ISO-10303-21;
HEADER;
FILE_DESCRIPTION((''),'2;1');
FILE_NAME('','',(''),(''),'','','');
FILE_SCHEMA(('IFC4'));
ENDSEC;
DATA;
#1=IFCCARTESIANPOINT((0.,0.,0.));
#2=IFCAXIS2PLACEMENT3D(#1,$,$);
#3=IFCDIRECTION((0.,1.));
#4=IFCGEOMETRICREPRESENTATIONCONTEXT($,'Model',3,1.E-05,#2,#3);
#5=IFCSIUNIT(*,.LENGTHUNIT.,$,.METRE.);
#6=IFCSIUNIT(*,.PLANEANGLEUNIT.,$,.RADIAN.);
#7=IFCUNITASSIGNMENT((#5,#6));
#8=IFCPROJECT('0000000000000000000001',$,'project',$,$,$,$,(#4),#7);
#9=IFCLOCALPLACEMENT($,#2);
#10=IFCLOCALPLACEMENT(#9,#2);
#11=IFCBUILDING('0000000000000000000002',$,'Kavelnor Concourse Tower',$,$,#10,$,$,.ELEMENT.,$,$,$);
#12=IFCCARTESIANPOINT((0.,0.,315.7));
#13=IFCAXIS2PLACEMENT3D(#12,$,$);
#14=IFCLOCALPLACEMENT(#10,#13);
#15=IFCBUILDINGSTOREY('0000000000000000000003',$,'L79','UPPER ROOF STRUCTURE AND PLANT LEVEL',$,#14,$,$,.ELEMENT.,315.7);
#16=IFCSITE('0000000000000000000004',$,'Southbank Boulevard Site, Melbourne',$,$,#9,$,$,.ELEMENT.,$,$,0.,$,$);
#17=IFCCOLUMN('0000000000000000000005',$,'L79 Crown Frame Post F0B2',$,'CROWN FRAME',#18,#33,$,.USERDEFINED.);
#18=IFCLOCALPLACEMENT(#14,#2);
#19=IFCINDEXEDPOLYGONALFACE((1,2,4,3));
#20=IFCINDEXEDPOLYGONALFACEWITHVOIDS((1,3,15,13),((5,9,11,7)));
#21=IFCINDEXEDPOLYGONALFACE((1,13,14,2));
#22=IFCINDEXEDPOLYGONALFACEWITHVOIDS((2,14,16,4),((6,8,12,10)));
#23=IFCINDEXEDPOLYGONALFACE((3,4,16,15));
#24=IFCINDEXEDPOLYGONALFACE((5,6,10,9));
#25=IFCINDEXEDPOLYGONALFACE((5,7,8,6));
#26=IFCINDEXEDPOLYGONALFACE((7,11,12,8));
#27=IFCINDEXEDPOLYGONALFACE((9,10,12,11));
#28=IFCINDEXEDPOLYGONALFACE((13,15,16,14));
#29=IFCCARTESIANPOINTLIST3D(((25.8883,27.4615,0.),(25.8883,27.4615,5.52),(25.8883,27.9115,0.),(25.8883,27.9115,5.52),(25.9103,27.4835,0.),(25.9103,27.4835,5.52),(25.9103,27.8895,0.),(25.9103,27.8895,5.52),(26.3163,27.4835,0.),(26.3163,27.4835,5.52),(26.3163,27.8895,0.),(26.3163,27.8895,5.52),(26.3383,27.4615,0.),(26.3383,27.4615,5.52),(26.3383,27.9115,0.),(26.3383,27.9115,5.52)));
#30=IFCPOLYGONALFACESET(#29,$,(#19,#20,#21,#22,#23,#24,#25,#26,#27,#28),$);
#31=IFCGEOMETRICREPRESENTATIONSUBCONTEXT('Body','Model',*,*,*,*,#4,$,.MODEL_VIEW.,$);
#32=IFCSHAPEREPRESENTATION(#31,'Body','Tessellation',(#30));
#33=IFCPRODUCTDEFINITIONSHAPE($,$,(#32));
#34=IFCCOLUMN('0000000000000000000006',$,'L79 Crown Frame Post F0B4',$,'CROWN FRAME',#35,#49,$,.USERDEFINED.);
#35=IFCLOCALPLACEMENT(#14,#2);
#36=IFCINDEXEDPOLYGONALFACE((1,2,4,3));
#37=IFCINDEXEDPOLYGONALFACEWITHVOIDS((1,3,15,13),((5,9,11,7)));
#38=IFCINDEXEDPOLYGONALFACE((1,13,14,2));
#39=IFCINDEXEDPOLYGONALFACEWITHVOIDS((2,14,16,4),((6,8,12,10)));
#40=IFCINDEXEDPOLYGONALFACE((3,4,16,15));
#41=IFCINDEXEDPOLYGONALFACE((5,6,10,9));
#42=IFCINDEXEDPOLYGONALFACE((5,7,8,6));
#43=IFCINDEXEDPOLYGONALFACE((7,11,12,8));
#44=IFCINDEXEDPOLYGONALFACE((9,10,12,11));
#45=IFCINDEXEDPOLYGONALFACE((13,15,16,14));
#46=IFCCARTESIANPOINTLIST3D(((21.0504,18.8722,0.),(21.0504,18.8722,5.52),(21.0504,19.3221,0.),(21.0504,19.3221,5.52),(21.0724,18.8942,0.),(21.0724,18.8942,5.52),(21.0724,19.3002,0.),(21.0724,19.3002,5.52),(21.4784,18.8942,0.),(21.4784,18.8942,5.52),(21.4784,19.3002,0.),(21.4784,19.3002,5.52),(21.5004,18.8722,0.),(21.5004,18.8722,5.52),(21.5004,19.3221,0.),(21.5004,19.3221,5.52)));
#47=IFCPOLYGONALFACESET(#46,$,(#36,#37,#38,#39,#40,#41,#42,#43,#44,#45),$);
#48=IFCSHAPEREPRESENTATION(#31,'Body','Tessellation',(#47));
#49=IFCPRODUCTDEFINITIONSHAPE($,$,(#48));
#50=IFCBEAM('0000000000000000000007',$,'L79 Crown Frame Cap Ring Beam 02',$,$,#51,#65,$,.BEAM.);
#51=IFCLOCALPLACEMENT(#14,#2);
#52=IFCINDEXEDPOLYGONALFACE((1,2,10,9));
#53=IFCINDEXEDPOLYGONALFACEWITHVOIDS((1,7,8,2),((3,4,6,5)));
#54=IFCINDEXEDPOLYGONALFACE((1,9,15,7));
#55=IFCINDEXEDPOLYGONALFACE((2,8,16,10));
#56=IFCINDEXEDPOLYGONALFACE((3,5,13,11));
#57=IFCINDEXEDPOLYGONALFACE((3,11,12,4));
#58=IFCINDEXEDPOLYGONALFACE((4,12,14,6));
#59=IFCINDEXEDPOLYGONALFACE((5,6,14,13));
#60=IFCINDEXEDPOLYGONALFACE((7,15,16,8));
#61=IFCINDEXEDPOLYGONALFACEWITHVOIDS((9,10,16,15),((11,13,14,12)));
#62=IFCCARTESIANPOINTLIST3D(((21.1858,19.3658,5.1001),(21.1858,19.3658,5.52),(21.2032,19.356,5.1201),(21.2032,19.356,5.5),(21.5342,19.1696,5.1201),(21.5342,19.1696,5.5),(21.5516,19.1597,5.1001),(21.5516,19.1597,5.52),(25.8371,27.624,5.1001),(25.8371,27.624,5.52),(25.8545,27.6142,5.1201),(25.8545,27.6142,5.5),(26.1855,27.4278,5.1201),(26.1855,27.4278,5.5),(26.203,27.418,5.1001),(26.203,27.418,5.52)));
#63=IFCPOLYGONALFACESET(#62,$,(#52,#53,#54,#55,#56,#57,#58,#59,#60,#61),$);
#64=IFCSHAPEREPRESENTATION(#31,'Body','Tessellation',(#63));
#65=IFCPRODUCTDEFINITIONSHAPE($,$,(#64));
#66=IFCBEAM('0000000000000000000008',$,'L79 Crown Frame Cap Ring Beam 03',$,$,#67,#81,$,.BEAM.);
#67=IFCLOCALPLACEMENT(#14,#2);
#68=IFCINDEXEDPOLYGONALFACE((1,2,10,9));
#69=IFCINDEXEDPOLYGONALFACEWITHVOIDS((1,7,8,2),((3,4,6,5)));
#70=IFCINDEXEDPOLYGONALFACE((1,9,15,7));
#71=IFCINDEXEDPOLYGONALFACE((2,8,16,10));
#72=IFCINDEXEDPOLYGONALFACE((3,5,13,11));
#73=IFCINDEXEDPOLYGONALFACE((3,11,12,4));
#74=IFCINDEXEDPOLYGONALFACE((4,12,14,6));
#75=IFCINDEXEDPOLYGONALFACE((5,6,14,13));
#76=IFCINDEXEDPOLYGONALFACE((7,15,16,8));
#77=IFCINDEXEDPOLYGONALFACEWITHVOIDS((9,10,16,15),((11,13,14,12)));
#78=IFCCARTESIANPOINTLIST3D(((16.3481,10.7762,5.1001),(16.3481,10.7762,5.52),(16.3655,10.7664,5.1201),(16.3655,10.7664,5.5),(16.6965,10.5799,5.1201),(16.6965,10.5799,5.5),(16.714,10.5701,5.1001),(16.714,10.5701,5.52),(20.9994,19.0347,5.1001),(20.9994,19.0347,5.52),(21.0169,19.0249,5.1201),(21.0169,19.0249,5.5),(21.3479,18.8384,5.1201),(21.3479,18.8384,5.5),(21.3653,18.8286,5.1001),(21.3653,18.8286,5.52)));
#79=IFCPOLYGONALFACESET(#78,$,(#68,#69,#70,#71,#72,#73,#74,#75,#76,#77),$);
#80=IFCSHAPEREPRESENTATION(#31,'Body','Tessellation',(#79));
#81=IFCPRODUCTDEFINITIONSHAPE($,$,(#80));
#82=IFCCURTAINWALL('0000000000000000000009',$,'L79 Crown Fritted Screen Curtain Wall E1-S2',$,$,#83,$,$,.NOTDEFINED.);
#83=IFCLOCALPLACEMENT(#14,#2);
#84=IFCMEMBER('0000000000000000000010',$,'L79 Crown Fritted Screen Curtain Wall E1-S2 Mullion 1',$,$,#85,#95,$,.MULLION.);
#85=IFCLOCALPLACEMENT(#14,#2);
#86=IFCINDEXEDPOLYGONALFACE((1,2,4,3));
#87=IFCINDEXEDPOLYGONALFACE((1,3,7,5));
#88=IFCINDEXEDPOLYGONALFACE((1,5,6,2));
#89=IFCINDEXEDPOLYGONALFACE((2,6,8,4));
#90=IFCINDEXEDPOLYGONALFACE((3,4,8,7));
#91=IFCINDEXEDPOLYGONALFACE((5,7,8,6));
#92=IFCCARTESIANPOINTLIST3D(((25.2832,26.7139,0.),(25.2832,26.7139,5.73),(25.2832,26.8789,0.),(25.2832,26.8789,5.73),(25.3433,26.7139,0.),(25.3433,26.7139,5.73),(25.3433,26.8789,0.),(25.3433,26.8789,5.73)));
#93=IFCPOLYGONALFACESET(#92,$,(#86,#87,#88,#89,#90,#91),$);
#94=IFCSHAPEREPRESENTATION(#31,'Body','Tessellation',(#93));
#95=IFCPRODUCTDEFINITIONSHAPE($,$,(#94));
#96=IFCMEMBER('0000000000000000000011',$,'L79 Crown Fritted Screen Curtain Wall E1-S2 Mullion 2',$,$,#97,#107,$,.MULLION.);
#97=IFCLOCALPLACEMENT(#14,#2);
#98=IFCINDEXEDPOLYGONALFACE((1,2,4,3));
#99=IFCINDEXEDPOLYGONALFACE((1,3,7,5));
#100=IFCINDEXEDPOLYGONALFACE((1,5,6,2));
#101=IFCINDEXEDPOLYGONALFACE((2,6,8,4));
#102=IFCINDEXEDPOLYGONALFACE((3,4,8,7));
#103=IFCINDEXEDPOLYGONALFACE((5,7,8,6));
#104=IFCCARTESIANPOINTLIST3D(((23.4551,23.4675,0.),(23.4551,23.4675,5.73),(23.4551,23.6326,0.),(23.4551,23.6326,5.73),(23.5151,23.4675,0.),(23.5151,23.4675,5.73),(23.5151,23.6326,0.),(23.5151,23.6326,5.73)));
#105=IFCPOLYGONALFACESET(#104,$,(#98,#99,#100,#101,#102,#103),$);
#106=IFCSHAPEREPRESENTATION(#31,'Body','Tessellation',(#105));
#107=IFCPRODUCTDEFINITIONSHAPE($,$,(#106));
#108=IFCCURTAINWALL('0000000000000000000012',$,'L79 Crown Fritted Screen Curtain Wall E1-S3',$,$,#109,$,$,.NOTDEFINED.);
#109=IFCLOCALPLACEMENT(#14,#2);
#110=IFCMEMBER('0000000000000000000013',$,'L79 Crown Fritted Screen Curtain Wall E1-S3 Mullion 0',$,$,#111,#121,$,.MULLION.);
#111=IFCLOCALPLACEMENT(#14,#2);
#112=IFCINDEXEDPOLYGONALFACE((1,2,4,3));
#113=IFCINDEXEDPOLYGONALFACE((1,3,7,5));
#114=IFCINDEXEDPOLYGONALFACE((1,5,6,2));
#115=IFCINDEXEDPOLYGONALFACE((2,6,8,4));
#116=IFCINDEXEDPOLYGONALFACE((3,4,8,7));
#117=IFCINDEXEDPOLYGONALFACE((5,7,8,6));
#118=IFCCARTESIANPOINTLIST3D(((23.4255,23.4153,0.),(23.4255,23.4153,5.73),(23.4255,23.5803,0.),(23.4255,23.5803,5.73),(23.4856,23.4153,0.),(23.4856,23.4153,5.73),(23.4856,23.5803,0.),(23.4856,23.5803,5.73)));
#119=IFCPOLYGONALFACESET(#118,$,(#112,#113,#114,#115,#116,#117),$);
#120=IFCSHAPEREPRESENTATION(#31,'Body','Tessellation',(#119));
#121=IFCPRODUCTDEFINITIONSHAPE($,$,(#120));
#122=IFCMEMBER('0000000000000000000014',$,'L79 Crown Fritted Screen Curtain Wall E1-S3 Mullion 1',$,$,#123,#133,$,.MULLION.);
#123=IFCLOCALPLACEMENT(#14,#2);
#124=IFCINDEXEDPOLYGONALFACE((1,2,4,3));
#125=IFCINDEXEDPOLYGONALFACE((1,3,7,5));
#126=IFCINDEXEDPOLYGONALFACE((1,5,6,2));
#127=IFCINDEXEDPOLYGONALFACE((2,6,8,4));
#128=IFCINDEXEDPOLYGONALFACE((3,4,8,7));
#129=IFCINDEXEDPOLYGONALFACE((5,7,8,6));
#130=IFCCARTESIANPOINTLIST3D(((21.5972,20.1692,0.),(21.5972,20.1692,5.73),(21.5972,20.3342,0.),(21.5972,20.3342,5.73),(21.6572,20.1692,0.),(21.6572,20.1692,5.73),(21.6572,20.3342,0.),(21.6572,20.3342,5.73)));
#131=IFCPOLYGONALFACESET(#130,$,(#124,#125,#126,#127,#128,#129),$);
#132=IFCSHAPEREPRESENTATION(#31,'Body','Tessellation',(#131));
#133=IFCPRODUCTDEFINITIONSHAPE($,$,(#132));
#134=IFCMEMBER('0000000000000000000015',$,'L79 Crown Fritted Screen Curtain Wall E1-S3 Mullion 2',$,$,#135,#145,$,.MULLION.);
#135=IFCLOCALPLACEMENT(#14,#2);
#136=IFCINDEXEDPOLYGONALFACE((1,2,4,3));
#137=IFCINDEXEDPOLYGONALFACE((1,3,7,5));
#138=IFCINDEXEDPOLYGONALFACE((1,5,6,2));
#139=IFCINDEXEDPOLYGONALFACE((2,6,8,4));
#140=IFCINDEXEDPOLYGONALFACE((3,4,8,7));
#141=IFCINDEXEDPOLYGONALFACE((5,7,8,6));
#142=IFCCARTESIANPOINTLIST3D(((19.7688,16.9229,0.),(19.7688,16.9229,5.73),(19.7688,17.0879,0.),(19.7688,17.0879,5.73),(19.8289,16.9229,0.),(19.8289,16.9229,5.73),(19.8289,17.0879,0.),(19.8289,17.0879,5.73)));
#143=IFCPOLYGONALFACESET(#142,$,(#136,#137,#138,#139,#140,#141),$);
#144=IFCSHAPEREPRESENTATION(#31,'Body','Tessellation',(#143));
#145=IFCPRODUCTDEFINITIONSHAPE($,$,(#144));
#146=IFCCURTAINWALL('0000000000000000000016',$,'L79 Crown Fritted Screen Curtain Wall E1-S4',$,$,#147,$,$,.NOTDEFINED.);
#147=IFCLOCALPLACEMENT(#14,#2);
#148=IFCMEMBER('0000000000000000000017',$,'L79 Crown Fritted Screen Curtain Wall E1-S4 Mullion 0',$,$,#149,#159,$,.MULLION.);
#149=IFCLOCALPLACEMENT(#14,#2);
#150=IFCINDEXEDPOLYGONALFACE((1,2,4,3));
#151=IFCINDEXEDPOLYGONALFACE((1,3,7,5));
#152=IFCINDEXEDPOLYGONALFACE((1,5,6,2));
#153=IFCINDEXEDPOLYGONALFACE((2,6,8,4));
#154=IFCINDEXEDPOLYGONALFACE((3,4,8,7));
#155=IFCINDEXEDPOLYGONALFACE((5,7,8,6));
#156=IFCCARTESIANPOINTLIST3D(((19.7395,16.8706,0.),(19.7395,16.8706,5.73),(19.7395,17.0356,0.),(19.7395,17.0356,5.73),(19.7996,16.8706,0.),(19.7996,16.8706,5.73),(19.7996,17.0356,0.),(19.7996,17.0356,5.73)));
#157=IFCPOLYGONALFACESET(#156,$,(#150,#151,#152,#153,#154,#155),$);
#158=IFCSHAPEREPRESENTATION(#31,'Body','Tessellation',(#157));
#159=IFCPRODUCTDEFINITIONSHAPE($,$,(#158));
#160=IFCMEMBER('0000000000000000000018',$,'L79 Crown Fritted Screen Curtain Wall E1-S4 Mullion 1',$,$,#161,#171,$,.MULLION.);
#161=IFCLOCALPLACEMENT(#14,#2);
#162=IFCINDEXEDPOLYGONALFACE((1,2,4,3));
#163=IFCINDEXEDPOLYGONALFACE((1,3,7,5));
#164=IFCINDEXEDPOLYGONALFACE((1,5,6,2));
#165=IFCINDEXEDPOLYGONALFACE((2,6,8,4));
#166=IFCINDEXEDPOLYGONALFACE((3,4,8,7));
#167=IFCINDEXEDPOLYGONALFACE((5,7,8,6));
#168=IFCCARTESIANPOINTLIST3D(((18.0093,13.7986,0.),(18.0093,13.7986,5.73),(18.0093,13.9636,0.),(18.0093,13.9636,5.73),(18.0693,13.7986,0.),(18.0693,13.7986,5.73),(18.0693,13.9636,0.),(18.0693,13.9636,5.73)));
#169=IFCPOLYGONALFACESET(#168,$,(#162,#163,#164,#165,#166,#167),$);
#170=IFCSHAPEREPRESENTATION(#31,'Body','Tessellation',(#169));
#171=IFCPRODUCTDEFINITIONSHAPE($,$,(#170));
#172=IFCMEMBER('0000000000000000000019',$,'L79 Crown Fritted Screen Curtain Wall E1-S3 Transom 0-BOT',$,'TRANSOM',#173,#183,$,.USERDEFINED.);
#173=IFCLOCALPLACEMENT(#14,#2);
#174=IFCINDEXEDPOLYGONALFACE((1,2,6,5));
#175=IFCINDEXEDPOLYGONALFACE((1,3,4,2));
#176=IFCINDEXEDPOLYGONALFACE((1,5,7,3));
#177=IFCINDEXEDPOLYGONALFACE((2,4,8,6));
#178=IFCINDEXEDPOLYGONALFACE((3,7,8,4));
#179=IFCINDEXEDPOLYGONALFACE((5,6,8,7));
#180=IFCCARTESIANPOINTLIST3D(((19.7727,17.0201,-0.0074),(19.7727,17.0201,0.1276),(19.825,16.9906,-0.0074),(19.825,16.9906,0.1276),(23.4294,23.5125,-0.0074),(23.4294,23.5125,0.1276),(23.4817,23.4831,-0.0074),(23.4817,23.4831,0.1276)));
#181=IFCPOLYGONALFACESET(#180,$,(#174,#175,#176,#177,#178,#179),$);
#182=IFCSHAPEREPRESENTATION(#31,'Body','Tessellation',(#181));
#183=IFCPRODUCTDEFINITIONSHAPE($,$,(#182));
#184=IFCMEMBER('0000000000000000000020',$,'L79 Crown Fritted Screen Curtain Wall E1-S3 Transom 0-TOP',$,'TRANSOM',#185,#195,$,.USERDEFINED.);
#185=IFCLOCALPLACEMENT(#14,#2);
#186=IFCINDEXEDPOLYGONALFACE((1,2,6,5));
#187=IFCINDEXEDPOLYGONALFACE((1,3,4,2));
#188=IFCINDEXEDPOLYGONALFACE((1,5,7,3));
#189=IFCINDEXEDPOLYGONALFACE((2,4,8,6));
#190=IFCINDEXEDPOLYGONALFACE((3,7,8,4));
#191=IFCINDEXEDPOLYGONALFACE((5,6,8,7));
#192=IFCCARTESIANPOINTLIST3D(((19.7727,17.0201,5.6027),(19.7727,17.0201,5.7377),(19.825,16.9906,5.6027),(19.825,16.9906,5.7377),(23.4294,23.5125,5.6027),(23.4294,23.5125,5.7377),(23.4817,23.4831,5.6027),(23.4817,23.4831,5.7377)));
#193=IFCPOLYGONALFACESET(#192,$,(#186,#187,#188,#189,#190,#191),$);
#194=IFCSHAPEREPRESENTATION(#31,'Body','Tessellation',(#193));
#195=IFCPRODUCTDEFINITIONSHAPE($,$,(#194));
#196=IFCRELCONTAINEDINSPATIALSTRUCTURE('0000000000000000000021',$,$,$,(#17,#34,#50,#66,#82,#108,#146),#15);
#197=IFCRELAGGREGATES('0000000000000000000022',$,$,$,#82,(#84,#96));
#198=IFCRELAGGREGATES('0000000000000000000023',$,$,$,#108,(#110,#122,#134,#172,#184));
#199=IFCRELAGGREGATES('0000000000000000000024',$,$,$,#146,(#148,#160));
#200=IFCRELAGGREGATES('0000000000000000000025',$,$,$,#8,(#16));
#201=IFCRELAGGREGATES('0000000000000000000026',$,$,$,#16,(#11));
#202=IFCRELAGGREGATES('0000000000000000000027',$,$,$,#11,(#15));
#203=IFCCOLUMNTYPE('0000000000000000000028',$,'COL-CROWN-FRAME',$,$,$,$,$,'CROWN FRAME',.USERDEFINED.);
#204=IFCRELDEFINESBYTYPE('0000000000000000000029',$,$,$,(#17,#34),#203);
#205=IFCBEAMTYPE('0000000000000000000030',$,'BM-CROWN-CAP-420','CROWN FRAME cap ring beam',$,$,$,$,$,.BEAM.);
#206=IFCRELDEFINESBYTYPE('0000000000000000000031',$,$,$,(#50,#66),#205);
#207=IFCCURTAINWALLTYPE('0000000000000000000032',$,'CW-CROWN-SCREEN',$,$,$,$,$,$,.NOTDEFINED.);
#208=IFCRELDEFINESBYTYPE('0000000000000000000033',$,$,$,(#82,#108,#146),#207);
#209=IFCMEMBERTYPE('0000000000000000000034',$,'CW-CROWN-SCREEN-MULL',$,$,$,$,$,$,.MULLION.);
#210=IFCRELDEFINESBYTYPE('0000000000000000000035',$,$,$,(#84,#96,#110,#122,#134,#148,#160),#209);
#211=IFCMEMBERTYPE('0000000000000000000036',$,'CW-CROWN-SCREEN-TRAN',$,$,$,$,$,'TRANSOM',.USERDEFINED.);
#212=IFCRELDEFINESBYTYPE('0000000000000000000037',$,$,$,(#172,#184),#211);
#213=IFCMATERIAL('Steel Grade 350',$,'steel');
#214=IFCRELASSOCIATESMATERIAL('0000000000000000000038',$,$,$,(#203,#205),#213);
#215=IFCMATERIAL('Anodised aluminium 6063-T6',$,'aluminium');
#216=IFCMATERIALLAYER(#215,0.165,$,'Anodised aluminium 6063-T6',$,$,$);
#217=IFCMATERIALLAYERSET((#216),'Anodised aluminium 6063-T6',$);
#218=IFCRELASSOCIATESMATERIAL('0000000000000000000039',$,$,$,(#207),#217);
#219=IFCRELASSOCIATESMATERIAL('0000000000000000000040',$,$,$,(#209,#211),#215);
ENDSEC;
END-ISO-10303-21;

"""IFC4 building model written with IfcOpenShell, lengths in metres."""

from ifc_helpers import new_model, si_unit, direction, frame, origin, origin_2d, place, context, subcontext, project, spatial, rectangle, hollow_rectangle, extrude, material, layer, layer_set, material_profile, profile_set, type_object, element, aggregate, save


model = new_model("IFC4")

# Units and contexts
model_context = context("Model", 3, precision=1e-05, world=origin(), true_north=direction((0.0, 1.0)))
body_context = subcontext(model_context, "Body", "Model", "MODEL_VIEW")
ifc_project = project(units=[si_unit("LENGTHUNIT", "METRE"), si_unit("PLANEANGLEUNIT", "RADIAN")], contexts=[model_context])

# Site, building, storey
site_placement = place(None, origin())
site = spatial("IfcSite", under=ifc_project, at=site_placement, Name="Southbank Boulevard Site, Melbourne", CompositionType="ELEMENT", RefElevation=0.0)
building_placement = place(site_placement, origin())
building = spatial("IfcBuilding", under=site, at=building_placement, Name="Kavelnor Concourse Tower", CompositionType="ELEMENT")
storey_placement = place(building_placement, frame((0.0, 0.0, 315.7)))
storey = spatial("IfcBuildingStorey", under=building, at=storey_placement, Name="L79", Description="UPPER ROOF STRUCTURE AND PLANT LEVEL", CompositionType="ELEMENT", Elevation=315.7)

# Columns
ifc_material_1 = material(Name="Steel Grade 350", Category="steel")
ifc_material_profile_1 = material_profile(ifc_material_1, hollow_rectangle(XDim=0.45, YDim=0.45, WallThickness=0.022, at=origin_2d()), Name="SHS 450x450x22")
ifc_profile_set_1 = profile_set([ifc_material_profile_1], Name="Steel Grade 350")
column_type = type_object("IfcColumnType", Name="COL-CROWN-FRAME", ElementType="CROWN FRAME", PredefinedType="USERDEFINED", material=ifc_profile_set_1)
for number, where, z_axis, x_axis, name in (
    (1, (26.1133, 27.6865, 0.0), (0.0, 0.0, 1.0), (1.0, 0.0, 0.0), "L79 Crown Frame Post F0B2"),
    (2, (21.2754, 19.0972, 0.0), (0.0, 0.0, 1.0), (1.0, 0.0, 0.0), "L79 Crown Frame Post F0B4"),
):
    element("IfcColumn", number, at=place(storey_placement, frame(where, z_axis=z_axis, x_axis=x_axis)), inside=storey, type_object=column_type, Name=name, ObjectType="CROWN FRAME", PredefinedType="USERDEFINED", context=body_context, shape_type="SweptSolid", body=[
        extrude(hollow_rectangle(XDim=0.45, YDim=0.45, WallThickness=0.022, at=origin_2d()), origin(), (0.0, 0.0, 1.0), 5.52),
    ])

# Beams
ifc_material_profile_2 = material_profile(ifc_material_1, hollow_rectangle(XDim=0.4199, YDim=0.4199, WallThickness=0.02, at=origin_2d()), Name="RHS 420x420x20")
ifc_profile_set_2 = profile_set([ifc_material_profile_2], Name="Steel Grade 350")
beam_type = type_object("IfcBeamType", Name="BM-CROWN-CAP-420", Description="CROWN FRAME cap ring beam", PredefinedType="BEAM", material=ifc_profile_set_2)
beam_1_placement = place(storey_placement, frame((26.02, 27.521, 5.3101), z_axis=(-0.490748, -0.871302, 0.0), x_axis=(0.871302, -0.490748, 0.0)))
element("IfcBeam", 3, at=beam_1_placement, inside=storey, type_object=beam_type, Name="L79 Crown Frame Cap Ring Beam 02", PredefinedType="BEAM", context=body_context, shape_type="SweptSolid", body=[
    extrude(hollow_rectangle(XDim=0.4199, YDim=0.4199, WallThickness=0.02, at=origin_2d()), origin(), (0.0, 0.0, 1.0), 9.478),
])
beam_2_placement = place(storey_placement, frame((21.1824, 18.9316, 5.3101), z_axis=(-0.490737, -0.871308, 0.0), x_axis=(0.871308, -0.490737, 0.0)))
element("IfcBeam", 4, at=beam_2_placement, inside=storey, type_object=beam_type, Name="L79 Crown Frame Cap Ring Beam 03", PredefinedType="BEAM", context=body_context, shape_type="SweptSolid", body=[
    extrude(hollow_rectangle(XDim=0.4199, YDim=0.4199, WallThickness=0.02, at=origin_2d()), origin(), (0.0, 0.0, 1.0), 9.4783),
])

# Curtain walls, members
ifc_material_2 = material(Name="Anodised aluminium 6063-T6", Category="aluminium")
ifc_layer_1 = layer(ifc_material_2, 0.165, Name="Anodised aluminium 6063-T6")
ifc_layer_set_1 = layer_set([ifc_layer_1], Name="Anodised aluminium 6063-T6")
curtain_wall_type = type_object("IfcCurtainWallType", Name="CW-CROWN-SCREEN", PredefinedType="NOTDEFINED", material=ifc_layer_set_1)
curtain_wall_1_placement = place(storey_placement, origin())
curtain_wall_1 = element("IfcCurtainWall", 5, at=curtain_wall_1_placement, inside=storey, type_object=curtain_wall_type, Name="L79 Crown Fritted Screen Curtain Wall E1-S2", PredefinedType="NOTDEFINED")
ifc_material_profile_3 = material_profile(ifc_material_2, rectangle(XDim=0.0601, YDim=0.165, at=origin_2d()), Name="AL-MULL 60x165")
ifc_profile_set_3 = profile_set([ifc_material_profile_3], Name="Anodised aluminium 6063-T6")
member_type_1 = type_object("IfcMemberType", Name="CW-CROWN-SCREEN-MULL", PredefinedType="MULLION", material=ifc_profile_set_3)
member_1_placement = place(storey_placement, frame((25.3132, 26.7964, 0.0), z_axis=(0.0, 0.0, 1.0), x_axis=(1.0, 0.0, 0.0)))
member_1 = element("IfcMember", 6, at=member_1_placement, type_object=member_type_1, Name="L79 Crown Fritted Screen Curtain Wall E1-S2 Mullion 1", PredefinedType="MULLION", context=body_context, shape_type="SweptSolid", body=[
    extrude(rectangle(XDim=0.0601, YDim=0.165, at=origin_2d()), origin(), (0.0, 0.0, 1.0), 5.73),
])
member_2_placement = place(storey_placement, frame((23.4851, 23.55, 0.0), z_axis=(0.0, 0.0, 1.0), x_axis=(1.0, 0.0, 0.0)))
member_2 = element("IfcMember", 7, at=member_2_placement, type_object=member_type_1, Name="L79 Crown Fritted Screen Curtain Wall E1-S2 Mullion 2", PredefinedType="MULLION", context=body_context, shape_type="SweptSolid", body=[
    extrude(rectangle(XDim=0.0601, YDim=0.165, at=origin_2d()), origin(), (0.0, 0.0, 1.0), 5.73),
])
curtain_wall_2_placement = place(storey_placement, origin())
curtain_wall_2 = element("IfcCurtainWall", 8, at=curtain_wall_2_placement, inside=storey, type_object=curtain_wall_type, Name="L79 Crown Fritted Screen Curtain Wall E1-S3", PredefinedType="NOTDEFINED")
member_3_placement = place(storey_placement, frame((23.4556, 23.4978, 0.0), z_axis=(0.0, 0.0, 1.0), x_axis=(1.0, 0.0, 0.0)))
member_3 = element("IfcMember", 9, at=member_3_placement, type_object=member_type_1, Name="L79 Crown Fritted Screen Curtain Wall E1-S3 Mullion 0", PredefinedType="MULLION", context=body_context, shape_type="SweptSolid", body=[
    extrude(rectangle(XDim=0.0601, YDim=0.165, at=origin_2d()), origin(), (0.0, 0.0, 1.0), 5.73),
])
member_4_placement = place(storey_placement, frame((21.6272, 20.2517, 0.0), z_axis=(0.0, 0.0, 1.0), x_axis=(1.0, 0.0, 0.0)))
member_4 = element("IfcMember", 10, at=member_4_placement, type_object=member_type_1, Name="L79 Crown Fritted Screen Curtain Wall E1-S3 Mullion 1", PredefinedType="MULLION", context=body_context, shape_type="SweptSolid", body=[
    extrude(rectangle(XDim=0.0601, YDim=0.165, at=origin_2d()), origin(), (0.0, 0.0, 1.0), 5.73),
])
member_5_placement = place(storey_placement, frame((19.7988, 17.0054, 0.0), z_axis=(0.0, 0.0, 1.0), x_axis=(1.0, 0.0, 0.0)))
member_5 = element("IfcMember", 11, at=member_5_placement, type_object=member_type_1, Name="L79 Crown Fritted Screen Curtain Wall E1-S3 Mullion 2", PredefinedType="MULLION", context=body_context, shape_type="SweptSolid", body=[
    extrude(rectangle(XDim=0.0601, YDim=0.165, at=origin_2d()), origin(), (0.0, 0.0, 1.0), 5.73),
])
curtain_wall_3_placement = place(storey_placement, origin())
curtain_wall_3 = element("IfcCurtainWall", 12, at=curtain_wall_3_placement, inside=storey, type_object=curtain_wall_type, Name="L79 Crown Fritted Screen Curtain Wall E1-S4", PredefinedType="NOTDEFINED")
member_6_placement = place(storey_placement, frame((19.7695, 16.9531, 0.0), z_axis=(0.0, 0.0, 1.0), x_axis=(1.0, 0.0, 0.0)))
member_6 = element("IfcMember", 13, at=member_6_placement, type_object=member_type_1, Name="L79 Crown Fritted Screen Curtain Wall E1-S4 Mullion 0", PredefinedType="MULLION", context=body_context, shape_type="SweptSolid", body=[
    extrude(rectangle(XDim=0.0601, YDim=0.165, at=origin_2d()), origin(), (0.0, 0.0, 1.0), 5.73),
])
member_7_placement = place(storey_placement, frame((18.0393, 13.8811, 0.0), z_axis=(0.0, 0.0, 1.0), x_axis=(1.0, 0.0, 0.0)))
member_7 = element("IfcMember", 14, at=member_7_placement, type_object=member_type_1, Name="L79 Crown Fritted Screen Curtain Wall E1-S4 Mullion 1", PredefinedType="MULLION", context=body_context, shape_type="SweptSolid", body=[
    extrude(rectangle(XDim=0.0601, YDim=0.165, at=origin_2d()), origin(), (0.0, 0.0, 1.0), 5.73),
])

# Members
ifc_material_profile_4 = material_profile(ifc_material_2, rectangle(XDim=0.0601, YDim=0.135, at=origin_2d()), Name="AL-TRAN 60x135")
ifc_profile_set_4 = profile_set([ifc_material_profile_4], Name="Anodised aluminium 6063-T6")
member_type_2 = type_object("IfcMemberType", Name="CW-CROWN-SCREEN-TRAN", ElementType="TRANSOM", PredefinedType="USERDEFINED", material=ifc_profile_set_4)
member_8_placement = place(storey_placement, frame((23.4556, 23.4978, 0.0601), z_axis=(-0.490745, -0.871303, 0.0), x_axis=(0.871303, -0.490745, 0.0)))
member_8 = element("IfcMember", 15, at=member_8_placement, type_object=member_type_2, Name="L79 Crown Fritted Screen Curtain Wall E1-S3 Transom 0-BOT", ObjectType="TRANSOM", PredefinedType="USERDEFINED", context=body_context, shape_type="SweptSolid", body=[
    extrude(rectangle(XDim=0.0601, YDim=0.135, at=origin_2d()), origin(), (0.0, 0.0, 1.0), 7.4514),
])
member_9_placement = place(storey_placement, frame((23.4556, 23.4978, 5.6702), z_axis=(-0.490745, -0.871303, 0.0), x_axis=(0.871303, -0.490745, 0.0)))
member_9 = element("IfcMember", 16, at=member_9_placement, type_object=member_type_2, Name="L79 Crown Fritted Screen Curtain Wall E1-S3 Transom 0-TOP", ObjectType="TRANSOM", PredefinedType="USERDEFINED", context=body_context, shape_type="SweptSolid", body=[
    extrude(rectangle(XDim=0.0601, YDim=0.135, at=origin_2d()), origin(), (0.0, 0.0, 1.0), 7.4514),
])

aggregate(curtain_wall_1, [member_1, member_2])
aggregate(curtain_wall_2, [member_3, member_4, member_5, member_8, member_9])
aggregate(curtain_wall_3, [member_6, member_7])

save(model, "model.ifc")
